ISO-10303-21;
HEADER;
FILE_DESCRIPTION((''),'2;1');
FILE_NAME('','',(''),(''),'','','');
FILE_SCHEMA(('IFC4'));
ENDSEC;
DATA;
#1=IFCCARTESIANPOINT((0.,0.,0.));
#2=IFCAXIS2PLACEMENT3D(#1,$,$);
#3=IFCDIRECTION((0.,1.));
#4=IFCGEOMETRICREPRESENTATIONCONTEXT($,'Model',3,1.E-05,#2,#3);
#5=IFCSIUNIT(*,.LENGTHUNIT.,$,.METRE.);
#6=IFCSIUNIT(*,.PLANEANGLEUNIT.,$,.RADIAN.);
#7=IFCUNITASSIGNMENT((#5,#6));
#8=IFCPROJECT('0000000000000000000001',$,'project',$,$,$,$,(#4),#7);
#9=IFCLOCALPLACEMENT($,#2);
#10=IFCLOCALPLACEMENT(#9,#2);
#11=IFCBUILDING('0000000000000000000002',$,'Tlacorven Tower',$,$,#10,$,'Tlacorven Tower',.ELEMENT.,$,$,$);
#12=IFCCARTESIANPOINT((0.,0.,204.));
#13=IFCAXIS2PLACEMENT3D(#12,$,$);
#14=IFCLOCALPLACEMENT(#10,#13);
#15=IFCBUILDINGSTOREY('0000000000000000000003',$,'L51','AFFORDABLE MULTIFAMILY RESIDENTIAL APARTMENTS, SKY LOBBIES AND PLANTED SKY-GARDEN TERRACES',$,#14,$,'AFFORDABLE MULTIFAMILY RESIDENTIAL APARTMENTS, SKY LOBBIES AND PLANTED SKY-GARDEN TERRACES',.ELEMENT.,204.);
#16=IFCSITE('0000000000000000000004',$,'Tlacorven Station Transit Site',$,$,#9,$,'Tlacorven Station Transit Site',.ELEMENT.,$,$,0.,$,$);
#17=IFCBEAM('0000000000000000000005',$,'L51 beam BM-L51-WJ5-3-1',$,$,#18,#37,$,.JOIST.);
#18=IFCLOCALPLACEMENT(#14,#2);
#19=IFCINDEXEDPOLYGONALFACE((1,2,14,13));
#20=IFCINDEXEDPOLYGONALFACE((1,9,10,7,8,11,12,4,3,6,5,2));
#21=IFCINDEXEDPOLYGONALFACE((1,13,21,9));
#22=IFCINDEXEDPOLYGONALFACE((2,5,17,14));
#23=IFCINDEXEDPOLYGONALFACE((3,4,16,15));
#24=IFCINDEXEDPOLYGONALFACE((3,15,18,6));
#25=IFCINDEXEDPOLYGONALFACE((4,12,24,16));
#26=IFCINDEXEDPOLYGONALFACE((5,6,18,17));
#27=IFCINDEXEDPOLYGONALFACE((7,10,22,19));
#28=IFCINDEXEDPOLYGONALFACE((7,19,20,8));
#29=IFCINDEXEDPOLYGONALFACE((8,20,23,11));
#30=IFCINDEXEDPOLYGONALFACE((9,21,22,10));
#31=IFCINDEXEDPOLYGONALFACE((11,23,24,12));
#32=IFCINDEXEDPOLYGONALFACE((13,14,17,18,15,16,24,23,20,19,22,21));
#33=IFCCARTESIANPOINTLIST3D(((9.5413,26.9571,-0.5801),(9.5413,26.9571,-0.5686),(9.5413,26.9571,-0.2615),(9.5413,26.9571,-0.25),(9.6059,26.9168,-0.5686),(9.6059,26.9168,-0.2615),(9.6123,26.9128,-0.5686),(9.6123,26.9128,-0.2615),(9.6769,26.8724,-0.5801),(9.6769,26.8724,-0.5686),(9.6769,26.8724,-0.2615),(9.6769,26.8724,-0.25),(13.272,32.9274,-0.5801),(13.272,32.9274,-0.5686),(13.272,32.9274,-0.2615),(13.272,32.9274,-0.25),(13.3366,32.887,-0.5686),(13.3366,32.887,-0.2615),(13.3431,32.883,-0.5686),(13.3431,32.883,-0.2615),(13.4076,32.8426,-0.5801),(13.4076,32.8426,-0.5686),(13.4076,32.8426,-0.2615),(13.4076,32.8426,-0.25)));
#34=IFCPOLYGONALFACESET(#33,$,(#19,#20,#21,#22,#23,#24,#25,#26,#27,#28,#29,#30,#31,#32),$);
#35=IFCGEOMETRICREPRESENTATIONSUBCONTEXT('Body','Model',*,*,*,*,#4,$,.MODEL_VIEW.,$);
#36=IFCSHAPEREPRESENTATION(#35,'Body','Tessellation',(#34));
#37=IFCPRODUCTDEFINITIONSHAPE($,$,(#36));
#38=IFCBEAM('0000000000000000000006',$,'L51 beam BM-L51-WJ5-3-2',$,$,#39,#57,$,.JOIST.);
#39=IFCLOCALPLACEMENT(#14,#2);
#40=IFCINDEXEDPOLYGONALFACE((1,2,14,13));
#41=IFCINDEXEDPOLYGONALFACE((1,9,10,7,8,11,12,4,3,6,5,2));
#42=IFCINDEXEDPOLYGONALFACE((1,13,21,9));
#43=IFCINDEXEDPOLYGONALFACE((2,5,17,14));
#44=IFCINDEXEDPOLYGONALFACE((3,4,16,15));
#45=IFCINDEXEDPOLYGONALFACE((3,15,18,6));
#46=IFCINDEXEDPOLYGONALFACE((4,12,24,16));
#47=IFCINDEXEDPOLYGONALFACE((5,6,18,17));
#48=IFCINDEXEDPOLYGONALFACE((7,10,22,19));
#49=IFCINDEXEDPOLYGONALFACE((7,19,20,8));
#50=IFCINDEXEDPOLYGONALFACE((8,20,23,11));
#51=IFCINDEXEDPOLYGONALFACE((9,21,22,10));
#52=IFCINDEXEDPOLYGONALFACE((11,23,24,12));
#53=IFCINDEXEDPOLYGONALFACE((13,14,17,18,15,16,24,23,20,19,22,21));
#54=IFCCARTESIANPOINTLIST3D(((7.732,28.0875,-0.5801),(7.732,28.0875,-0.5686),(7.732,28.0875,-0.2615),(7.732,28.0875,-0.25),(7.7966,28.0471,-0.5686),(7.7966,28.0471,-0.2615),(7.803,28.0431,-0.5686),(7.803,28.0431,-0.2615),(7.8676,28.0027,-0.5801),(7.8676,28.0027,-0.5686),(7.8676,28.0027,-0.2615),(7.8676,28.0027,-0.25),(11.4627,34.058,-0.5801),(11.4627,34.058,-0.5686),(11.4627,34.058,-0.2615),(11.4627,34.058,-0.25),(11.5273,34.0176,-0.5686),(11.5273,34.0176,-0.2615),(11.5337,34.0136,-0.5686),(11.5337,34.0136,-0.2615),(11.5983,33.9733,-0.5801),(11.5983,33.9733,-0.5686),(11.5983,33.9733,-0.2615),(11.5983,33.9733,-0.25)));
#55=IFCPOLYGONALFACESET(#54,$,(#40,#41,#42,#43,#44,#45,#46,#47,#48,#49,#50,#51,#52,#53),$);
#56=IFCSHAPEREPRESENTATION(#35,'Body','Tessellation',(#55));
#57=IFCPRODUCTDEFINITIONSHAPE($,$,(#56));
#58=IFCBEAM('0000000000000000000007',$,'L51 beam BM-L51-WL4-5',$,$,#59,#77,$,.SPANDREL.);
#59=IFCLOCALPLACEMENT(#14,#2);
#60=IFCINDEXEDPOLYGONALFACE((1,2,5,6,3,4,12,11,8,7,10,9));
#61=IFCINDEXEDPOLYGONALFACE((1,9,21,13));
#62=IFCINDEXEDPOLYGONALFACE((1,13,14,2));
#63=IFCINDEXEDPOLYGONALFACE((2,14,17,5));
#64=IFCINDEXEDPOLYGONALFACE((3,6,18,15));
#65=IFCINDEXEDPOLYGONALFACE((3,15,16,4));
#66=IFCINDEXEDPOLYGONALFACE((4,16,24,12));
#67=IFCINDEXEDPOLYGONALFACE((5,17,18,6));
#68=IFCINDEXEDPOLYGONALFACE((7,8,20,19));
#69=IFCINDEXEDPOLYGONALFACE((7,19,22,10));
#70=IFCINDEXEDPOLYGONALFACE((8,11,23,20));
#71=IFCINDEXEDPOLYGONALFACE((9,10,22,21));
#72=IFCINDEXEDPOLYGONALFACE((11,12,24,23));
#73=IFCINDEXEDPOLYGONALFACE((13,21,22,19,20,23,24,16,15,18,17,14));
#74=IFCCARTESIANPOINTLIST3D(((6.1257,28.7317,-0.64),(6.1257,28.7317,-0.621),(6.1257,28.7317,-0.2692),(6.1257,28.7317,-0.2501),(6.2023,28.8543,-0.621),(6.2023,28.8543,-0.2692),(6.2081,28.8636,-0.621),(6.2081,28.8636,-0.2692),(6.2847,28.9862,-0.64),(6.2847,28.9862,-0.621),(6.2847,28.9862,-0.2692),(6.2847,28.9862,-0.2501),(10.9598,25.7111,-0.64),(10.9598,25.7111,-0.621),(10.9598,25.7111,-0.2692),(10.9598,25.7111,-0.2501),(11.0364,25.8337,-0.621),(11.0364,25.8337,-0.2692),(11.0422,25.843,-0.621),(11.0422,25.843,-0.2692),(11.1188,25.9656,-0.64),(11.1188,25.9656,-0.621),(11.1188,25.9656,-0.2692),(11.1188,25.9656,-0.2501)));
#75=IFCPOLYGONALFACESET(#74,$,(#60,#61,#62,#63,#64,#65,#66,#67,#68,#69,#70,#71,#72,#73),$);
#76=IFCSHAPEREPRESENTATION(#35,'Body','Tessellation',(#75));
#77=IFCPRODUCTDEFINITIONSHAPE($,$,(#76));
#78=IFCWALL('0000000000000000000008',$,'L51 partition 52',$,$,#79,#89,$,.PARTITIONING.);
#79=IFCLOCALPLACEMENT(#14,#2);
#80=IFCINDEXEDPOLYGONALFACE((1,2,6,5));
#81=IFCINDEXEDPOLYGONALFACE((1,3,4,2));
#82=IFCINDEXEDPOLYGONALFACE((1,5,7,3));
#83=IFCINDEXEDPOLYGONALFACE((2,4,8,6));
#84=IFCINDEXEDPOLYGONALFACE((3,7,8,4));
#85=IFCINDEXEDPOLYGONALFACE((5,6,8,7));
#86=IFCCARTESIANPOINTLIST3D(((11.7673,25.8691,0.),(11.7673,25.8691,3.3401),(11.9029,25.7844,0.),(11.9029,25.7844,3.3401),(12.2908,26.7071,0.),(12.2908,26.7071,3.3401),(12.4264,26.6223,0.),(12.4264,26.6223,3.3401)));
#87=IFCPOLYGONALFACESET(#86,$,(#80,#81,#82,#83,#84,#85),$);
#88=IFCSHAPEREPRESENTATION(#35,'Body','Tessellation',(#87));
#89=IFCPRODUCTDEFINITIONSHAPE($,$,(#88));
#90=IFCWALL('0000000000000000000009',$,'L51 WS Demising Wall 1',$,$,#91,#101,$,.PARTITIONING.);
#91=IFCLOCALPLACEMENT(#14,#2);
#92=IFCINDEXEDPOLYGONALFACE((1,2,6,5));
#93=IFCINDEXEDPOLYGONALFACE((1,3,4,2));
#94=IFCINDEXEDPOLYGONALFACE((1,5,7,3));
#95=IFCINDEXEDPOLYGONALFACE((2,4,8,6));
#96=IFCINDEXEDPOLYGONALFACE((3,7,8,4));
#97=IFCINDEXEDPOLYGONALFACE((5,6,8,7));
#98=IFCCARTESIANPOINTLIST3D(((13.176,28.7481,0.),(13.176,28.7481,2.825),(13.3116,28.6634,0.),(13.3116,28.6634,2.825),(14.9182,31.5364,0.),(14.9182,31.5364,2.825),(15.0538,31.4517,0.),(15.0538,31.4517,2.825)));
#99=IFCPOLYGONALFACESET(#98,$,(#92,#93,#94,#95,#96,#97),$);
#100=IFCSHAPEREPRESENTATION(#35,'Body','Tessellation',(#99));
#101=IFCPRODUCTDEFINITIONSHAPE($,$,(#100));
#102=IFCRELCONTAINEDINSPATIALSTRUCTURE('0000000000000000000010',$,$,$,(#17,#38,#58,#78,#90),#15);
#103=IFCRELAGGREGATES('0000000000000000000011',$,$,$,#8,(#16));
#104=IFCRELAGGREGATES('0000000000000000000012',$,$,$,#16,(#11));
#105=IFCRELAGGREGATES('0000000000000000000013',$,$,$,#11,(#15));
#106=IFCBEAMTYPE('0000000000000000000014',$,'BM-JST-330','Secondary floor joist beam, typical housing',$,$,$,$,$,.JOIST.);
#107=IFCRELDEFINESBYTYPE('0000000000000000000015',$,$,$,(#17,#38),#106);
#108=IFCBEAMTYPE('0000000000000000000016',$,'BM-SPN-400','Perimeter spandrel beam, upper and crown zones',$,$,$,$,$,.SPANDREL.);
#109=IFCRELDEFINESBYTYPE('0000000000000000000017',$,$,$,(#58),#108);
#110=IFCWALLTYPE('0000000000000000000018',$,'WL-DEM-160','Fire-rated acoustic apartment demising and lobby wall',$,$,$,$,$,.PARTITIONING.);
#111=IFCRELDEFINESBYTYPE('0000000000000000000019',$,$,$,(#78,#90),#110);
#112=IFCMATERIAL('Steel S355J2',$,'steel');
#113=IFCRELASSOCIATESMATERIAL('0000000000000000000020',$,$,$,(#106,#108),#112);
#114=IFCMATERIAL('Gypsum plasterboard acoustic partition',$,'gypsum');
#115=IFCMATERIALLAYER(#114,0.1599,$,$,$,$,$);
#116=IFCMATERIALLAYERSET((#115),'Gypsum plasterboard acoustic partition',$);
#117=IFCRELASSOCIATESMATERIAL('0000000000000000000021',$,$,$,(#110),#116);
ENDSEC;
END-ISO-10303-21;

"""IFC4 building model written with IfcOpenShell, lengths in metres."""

from ifc_helpers import new_model, si_unit, direction, frame, frame_2d, origin, origin_2d, place, context, subcontext, project, spatial, rectangle, i_section, extrude, source, transform, mapped, material, layer, layer_set, material_profile, profile_set, type_object, element, save


model = new_model("IFC4")

# Units and contexts
model_context = context("Model", 3, precision=1e-05, world=origin(), true_north=direction((0.0, 1.0)))
body_context = subcontext(model_context, "Body", "Model", "MODEL_VIEW")
ifc_project = project(units=[si_unit("LENGTHUNIT", "METRE"), si_unit("PLANEANGLEUNIT", "RADIAN")], contexts=[model_context])

# Site, building, storey
site_placement = place(None, origin())
site = spatial("IfcSite", under=ifc_project, at=site_placement, Name="Tlacorven Station Transit Site", LongName="Tlacorven Station Transit Site", CompositionType="ELEMENT", RefElevation=0.0)
building_placement = place(site_placement, origin())
building = spatial("IfcBuilding", under=site, at=building_placement, Name="Tlacorven Tower", LongName="Tlacorven Tower", CompositionType="ELEMENT")
storey_placement = place(building_placement, frame((0.0, 0.0, 204.0)))
storey = spatial("IfcBuildingStorey", under=building, at=storey_placement, Name="L51", Description="AFFORDABLE MULTIFAMILY RESIDENTIAL APARTMENTS, SKY LOBBIES AND PLANTED SKY-GARDEN TERRACES", LongName="AFFORDABLE MULTIFAMILY RESIDENTIAL APARTMENTS, SKY LOBBIES AND PLANTED SKY-GARDEN TERRACES", CompositionType="ELEMENT", Elevation=204.0)

# Beams
ifc_material_1 = material(Name="Steel S355J2", Category="steel")
ifc_material_profile_1 = material_profile(ifc_material_1, i_section(OverallWidth=0.1599, OverallDepth=0.3301, WebThickness=0.0076, FlangeThickness=0.0115, at=origin_2d()), Name="IPE 330")
ifc_profile_set_1 = profile_set([ifc_material_profile_1], Name="Steel S355J2")
beam_type_1 = type_object("IfcBeamType", Name="BM-JST-330", Description="Secondary floor joist beam, typical housing", PredefinedType="JOIST", material=ifc_profile_set_1)
shared_shape_1 = source(origin(), body_context, "Body", "SweptSolid", [
    extrude(i_section(OverallWidth=0.1599, OverallDepth=0.3301, WebThickness=0.0076, FlangeThickness=0.0115, at=origin_2d()), origin(), (0.0, 0.0, 1.0), 7.04),
])
for number, where, z_axis, x_axis, name in (
    (1, (13.3398, 32.885, -0.415), (-0.52993, -0.848041, 0.0), (0.848041, -0.52993, 0.0), "L51 beam BM-L51-WJ5-3-1"),
):
    element("IfcBeam", number, at=place(storey_placement, frame(where, z_axis=z_axis, x_axis=x_axis)), inside=storey, type_object=beam_type_1, Name=name, PredefinedType="JOIST", context=body_context, shape_type="MappedRepresentation", body=[
        mapped(shared_shape_1, transform((0.0, 0.0, 0.0), scale=1.0)),
    ])
shared_shape_2 = source(origin(), body_context, "Body", "SweptSolid", [
    extrude(i_section(OverallWidth=0.1599, OverallDepth=0.3301, WebThickness=0.0076, FlangeThickness=0.0115, at=origin_2d()), origin(), (0.0, 0.0, 1.0), 7.0403),
])
beam_1_placement = place(storey_placement, frame((11.5305, 34.0156, -0.415), z_axis=(-0.529915, -0.848051, 0.0), x_axis=(0.848051, -0.529915, 0.0)))
element("IfcBeam", 2, at=beam_1_placement, inside=storey, type_object=beam_type_1, Name="L51 beam BM-L51-WJ5-3-2", PredefinedType="JOIST", context=body_context, shape_type="MappedRepresentation", body=[
    mapped(shared_shape_2, transform((0.0, 0.0, 0.0), scale=1.0)),
])
ifc_material_profile_2 = material_profile(ifc_material_1, i_section(OverallWidth=0.3, OverallDepth=0.3899, WebThickness=0.011, FlangeThickness=0.019, at=origin_2d()), Name="HEA 400")
ifc_profile_set_2 = profile_set([ifc_material_profile_2], Name="Steel S355J2")
beam_type_2 = type_object("IfcBeamType", Name="BM-SPN-400", Description="Perimeter spandrel beam, upper and crown zones", PredefinedType="SPANDREL", material=ifc_profile_set_2)
shared_shape_3 = source(origin(), body_context, "Body", "SweptSolid", [
    extrude(i_section(OverallWidth=0.3, OverallDepth=0.3899, WebThickness=0.011, FlangeThickness=0.019, at=origin_2d()), origin(), (0.0, 0.0, 1.0), 5.7002),
])
beam_2_placement = place(storey_placement, frame((11.0393, 25.8384, -0.4451), z_axis=(-0.848056, 0.529907, 0.0), x_axis=(-0.529907, -0.848056, 0.0)))
element("IfcBeam", 3, at=beam_2_placement, inside=storey, type_object=beam_type_2, Name="L51 beam BM-L51-WL4-5", PredefinedType="SPANDREL", context=body_context, shape_type="MappedRepresentation", body=[
    mapped(shared_shape_3, transform((0.0, 0.0, 0.0), scale=1.0)),
])

# Walls
ifc_material_2 = material(Name="Gypsum plasterboard acoustic partition", Category="gypsum")
ifc_layer_1 = layer(ifc_material_2, 0.1599)
ifc_layer_set_1 = layer_set([ifc_layer_1], Name="Gypsum plasterboard acoustic partition")
wall_type_1 = type_object("IfcWallType", Name="WL-DEM-160", Description="Fire-rated acoustic apartment demising and lobby wall", PredefinedType="PARTITIONING", material=ifc_layer_set_1)
wall_1_placement = place(storey_placement, frame((12.3586, 26.6648, 0.0), z_axis=(0.0, 0.0, 1.0), x_axis=(-0.529821, -0.848109, 0.0)))
element("IfcWall", 4, at=wall_1_placement, inside=storey, type_object=wall_type_1, Name="L51 partition 52", PredefinedType="PARTITIONING", context=body_context, shape_type="SweptSolid", body=[
    extrude(rectangle(XDim=0.988, YDim=0.1599, at=frame_2d((0.4941, 0.0))), origin(), (0.0, 0.0, 1.0), 3.3401),
])
wall_2_placement = place(storey_placement, frame((14.9861, 31.4941, 0.0), z_axis=(0.0, 0.0, 1.0), x_axis=(-0.529885, -0.848069, 0.0)))
element("IfcWall", 5, at=wall_2_placement, inside=storey, type_object=wall_type_1, Name="L51 WS Demising Wall 1", PredefinedType="PARTITIONING", context=body_context, shape_type="SweptSolid", body=[
    extrude(rectangle(XDim=3.2878, YDim=0.1599, at=frame_2d((1.644, 0.0))), origin(), (0.0, 0.0, 1.0), 2.825),
])

save(model, "model.ifc")
